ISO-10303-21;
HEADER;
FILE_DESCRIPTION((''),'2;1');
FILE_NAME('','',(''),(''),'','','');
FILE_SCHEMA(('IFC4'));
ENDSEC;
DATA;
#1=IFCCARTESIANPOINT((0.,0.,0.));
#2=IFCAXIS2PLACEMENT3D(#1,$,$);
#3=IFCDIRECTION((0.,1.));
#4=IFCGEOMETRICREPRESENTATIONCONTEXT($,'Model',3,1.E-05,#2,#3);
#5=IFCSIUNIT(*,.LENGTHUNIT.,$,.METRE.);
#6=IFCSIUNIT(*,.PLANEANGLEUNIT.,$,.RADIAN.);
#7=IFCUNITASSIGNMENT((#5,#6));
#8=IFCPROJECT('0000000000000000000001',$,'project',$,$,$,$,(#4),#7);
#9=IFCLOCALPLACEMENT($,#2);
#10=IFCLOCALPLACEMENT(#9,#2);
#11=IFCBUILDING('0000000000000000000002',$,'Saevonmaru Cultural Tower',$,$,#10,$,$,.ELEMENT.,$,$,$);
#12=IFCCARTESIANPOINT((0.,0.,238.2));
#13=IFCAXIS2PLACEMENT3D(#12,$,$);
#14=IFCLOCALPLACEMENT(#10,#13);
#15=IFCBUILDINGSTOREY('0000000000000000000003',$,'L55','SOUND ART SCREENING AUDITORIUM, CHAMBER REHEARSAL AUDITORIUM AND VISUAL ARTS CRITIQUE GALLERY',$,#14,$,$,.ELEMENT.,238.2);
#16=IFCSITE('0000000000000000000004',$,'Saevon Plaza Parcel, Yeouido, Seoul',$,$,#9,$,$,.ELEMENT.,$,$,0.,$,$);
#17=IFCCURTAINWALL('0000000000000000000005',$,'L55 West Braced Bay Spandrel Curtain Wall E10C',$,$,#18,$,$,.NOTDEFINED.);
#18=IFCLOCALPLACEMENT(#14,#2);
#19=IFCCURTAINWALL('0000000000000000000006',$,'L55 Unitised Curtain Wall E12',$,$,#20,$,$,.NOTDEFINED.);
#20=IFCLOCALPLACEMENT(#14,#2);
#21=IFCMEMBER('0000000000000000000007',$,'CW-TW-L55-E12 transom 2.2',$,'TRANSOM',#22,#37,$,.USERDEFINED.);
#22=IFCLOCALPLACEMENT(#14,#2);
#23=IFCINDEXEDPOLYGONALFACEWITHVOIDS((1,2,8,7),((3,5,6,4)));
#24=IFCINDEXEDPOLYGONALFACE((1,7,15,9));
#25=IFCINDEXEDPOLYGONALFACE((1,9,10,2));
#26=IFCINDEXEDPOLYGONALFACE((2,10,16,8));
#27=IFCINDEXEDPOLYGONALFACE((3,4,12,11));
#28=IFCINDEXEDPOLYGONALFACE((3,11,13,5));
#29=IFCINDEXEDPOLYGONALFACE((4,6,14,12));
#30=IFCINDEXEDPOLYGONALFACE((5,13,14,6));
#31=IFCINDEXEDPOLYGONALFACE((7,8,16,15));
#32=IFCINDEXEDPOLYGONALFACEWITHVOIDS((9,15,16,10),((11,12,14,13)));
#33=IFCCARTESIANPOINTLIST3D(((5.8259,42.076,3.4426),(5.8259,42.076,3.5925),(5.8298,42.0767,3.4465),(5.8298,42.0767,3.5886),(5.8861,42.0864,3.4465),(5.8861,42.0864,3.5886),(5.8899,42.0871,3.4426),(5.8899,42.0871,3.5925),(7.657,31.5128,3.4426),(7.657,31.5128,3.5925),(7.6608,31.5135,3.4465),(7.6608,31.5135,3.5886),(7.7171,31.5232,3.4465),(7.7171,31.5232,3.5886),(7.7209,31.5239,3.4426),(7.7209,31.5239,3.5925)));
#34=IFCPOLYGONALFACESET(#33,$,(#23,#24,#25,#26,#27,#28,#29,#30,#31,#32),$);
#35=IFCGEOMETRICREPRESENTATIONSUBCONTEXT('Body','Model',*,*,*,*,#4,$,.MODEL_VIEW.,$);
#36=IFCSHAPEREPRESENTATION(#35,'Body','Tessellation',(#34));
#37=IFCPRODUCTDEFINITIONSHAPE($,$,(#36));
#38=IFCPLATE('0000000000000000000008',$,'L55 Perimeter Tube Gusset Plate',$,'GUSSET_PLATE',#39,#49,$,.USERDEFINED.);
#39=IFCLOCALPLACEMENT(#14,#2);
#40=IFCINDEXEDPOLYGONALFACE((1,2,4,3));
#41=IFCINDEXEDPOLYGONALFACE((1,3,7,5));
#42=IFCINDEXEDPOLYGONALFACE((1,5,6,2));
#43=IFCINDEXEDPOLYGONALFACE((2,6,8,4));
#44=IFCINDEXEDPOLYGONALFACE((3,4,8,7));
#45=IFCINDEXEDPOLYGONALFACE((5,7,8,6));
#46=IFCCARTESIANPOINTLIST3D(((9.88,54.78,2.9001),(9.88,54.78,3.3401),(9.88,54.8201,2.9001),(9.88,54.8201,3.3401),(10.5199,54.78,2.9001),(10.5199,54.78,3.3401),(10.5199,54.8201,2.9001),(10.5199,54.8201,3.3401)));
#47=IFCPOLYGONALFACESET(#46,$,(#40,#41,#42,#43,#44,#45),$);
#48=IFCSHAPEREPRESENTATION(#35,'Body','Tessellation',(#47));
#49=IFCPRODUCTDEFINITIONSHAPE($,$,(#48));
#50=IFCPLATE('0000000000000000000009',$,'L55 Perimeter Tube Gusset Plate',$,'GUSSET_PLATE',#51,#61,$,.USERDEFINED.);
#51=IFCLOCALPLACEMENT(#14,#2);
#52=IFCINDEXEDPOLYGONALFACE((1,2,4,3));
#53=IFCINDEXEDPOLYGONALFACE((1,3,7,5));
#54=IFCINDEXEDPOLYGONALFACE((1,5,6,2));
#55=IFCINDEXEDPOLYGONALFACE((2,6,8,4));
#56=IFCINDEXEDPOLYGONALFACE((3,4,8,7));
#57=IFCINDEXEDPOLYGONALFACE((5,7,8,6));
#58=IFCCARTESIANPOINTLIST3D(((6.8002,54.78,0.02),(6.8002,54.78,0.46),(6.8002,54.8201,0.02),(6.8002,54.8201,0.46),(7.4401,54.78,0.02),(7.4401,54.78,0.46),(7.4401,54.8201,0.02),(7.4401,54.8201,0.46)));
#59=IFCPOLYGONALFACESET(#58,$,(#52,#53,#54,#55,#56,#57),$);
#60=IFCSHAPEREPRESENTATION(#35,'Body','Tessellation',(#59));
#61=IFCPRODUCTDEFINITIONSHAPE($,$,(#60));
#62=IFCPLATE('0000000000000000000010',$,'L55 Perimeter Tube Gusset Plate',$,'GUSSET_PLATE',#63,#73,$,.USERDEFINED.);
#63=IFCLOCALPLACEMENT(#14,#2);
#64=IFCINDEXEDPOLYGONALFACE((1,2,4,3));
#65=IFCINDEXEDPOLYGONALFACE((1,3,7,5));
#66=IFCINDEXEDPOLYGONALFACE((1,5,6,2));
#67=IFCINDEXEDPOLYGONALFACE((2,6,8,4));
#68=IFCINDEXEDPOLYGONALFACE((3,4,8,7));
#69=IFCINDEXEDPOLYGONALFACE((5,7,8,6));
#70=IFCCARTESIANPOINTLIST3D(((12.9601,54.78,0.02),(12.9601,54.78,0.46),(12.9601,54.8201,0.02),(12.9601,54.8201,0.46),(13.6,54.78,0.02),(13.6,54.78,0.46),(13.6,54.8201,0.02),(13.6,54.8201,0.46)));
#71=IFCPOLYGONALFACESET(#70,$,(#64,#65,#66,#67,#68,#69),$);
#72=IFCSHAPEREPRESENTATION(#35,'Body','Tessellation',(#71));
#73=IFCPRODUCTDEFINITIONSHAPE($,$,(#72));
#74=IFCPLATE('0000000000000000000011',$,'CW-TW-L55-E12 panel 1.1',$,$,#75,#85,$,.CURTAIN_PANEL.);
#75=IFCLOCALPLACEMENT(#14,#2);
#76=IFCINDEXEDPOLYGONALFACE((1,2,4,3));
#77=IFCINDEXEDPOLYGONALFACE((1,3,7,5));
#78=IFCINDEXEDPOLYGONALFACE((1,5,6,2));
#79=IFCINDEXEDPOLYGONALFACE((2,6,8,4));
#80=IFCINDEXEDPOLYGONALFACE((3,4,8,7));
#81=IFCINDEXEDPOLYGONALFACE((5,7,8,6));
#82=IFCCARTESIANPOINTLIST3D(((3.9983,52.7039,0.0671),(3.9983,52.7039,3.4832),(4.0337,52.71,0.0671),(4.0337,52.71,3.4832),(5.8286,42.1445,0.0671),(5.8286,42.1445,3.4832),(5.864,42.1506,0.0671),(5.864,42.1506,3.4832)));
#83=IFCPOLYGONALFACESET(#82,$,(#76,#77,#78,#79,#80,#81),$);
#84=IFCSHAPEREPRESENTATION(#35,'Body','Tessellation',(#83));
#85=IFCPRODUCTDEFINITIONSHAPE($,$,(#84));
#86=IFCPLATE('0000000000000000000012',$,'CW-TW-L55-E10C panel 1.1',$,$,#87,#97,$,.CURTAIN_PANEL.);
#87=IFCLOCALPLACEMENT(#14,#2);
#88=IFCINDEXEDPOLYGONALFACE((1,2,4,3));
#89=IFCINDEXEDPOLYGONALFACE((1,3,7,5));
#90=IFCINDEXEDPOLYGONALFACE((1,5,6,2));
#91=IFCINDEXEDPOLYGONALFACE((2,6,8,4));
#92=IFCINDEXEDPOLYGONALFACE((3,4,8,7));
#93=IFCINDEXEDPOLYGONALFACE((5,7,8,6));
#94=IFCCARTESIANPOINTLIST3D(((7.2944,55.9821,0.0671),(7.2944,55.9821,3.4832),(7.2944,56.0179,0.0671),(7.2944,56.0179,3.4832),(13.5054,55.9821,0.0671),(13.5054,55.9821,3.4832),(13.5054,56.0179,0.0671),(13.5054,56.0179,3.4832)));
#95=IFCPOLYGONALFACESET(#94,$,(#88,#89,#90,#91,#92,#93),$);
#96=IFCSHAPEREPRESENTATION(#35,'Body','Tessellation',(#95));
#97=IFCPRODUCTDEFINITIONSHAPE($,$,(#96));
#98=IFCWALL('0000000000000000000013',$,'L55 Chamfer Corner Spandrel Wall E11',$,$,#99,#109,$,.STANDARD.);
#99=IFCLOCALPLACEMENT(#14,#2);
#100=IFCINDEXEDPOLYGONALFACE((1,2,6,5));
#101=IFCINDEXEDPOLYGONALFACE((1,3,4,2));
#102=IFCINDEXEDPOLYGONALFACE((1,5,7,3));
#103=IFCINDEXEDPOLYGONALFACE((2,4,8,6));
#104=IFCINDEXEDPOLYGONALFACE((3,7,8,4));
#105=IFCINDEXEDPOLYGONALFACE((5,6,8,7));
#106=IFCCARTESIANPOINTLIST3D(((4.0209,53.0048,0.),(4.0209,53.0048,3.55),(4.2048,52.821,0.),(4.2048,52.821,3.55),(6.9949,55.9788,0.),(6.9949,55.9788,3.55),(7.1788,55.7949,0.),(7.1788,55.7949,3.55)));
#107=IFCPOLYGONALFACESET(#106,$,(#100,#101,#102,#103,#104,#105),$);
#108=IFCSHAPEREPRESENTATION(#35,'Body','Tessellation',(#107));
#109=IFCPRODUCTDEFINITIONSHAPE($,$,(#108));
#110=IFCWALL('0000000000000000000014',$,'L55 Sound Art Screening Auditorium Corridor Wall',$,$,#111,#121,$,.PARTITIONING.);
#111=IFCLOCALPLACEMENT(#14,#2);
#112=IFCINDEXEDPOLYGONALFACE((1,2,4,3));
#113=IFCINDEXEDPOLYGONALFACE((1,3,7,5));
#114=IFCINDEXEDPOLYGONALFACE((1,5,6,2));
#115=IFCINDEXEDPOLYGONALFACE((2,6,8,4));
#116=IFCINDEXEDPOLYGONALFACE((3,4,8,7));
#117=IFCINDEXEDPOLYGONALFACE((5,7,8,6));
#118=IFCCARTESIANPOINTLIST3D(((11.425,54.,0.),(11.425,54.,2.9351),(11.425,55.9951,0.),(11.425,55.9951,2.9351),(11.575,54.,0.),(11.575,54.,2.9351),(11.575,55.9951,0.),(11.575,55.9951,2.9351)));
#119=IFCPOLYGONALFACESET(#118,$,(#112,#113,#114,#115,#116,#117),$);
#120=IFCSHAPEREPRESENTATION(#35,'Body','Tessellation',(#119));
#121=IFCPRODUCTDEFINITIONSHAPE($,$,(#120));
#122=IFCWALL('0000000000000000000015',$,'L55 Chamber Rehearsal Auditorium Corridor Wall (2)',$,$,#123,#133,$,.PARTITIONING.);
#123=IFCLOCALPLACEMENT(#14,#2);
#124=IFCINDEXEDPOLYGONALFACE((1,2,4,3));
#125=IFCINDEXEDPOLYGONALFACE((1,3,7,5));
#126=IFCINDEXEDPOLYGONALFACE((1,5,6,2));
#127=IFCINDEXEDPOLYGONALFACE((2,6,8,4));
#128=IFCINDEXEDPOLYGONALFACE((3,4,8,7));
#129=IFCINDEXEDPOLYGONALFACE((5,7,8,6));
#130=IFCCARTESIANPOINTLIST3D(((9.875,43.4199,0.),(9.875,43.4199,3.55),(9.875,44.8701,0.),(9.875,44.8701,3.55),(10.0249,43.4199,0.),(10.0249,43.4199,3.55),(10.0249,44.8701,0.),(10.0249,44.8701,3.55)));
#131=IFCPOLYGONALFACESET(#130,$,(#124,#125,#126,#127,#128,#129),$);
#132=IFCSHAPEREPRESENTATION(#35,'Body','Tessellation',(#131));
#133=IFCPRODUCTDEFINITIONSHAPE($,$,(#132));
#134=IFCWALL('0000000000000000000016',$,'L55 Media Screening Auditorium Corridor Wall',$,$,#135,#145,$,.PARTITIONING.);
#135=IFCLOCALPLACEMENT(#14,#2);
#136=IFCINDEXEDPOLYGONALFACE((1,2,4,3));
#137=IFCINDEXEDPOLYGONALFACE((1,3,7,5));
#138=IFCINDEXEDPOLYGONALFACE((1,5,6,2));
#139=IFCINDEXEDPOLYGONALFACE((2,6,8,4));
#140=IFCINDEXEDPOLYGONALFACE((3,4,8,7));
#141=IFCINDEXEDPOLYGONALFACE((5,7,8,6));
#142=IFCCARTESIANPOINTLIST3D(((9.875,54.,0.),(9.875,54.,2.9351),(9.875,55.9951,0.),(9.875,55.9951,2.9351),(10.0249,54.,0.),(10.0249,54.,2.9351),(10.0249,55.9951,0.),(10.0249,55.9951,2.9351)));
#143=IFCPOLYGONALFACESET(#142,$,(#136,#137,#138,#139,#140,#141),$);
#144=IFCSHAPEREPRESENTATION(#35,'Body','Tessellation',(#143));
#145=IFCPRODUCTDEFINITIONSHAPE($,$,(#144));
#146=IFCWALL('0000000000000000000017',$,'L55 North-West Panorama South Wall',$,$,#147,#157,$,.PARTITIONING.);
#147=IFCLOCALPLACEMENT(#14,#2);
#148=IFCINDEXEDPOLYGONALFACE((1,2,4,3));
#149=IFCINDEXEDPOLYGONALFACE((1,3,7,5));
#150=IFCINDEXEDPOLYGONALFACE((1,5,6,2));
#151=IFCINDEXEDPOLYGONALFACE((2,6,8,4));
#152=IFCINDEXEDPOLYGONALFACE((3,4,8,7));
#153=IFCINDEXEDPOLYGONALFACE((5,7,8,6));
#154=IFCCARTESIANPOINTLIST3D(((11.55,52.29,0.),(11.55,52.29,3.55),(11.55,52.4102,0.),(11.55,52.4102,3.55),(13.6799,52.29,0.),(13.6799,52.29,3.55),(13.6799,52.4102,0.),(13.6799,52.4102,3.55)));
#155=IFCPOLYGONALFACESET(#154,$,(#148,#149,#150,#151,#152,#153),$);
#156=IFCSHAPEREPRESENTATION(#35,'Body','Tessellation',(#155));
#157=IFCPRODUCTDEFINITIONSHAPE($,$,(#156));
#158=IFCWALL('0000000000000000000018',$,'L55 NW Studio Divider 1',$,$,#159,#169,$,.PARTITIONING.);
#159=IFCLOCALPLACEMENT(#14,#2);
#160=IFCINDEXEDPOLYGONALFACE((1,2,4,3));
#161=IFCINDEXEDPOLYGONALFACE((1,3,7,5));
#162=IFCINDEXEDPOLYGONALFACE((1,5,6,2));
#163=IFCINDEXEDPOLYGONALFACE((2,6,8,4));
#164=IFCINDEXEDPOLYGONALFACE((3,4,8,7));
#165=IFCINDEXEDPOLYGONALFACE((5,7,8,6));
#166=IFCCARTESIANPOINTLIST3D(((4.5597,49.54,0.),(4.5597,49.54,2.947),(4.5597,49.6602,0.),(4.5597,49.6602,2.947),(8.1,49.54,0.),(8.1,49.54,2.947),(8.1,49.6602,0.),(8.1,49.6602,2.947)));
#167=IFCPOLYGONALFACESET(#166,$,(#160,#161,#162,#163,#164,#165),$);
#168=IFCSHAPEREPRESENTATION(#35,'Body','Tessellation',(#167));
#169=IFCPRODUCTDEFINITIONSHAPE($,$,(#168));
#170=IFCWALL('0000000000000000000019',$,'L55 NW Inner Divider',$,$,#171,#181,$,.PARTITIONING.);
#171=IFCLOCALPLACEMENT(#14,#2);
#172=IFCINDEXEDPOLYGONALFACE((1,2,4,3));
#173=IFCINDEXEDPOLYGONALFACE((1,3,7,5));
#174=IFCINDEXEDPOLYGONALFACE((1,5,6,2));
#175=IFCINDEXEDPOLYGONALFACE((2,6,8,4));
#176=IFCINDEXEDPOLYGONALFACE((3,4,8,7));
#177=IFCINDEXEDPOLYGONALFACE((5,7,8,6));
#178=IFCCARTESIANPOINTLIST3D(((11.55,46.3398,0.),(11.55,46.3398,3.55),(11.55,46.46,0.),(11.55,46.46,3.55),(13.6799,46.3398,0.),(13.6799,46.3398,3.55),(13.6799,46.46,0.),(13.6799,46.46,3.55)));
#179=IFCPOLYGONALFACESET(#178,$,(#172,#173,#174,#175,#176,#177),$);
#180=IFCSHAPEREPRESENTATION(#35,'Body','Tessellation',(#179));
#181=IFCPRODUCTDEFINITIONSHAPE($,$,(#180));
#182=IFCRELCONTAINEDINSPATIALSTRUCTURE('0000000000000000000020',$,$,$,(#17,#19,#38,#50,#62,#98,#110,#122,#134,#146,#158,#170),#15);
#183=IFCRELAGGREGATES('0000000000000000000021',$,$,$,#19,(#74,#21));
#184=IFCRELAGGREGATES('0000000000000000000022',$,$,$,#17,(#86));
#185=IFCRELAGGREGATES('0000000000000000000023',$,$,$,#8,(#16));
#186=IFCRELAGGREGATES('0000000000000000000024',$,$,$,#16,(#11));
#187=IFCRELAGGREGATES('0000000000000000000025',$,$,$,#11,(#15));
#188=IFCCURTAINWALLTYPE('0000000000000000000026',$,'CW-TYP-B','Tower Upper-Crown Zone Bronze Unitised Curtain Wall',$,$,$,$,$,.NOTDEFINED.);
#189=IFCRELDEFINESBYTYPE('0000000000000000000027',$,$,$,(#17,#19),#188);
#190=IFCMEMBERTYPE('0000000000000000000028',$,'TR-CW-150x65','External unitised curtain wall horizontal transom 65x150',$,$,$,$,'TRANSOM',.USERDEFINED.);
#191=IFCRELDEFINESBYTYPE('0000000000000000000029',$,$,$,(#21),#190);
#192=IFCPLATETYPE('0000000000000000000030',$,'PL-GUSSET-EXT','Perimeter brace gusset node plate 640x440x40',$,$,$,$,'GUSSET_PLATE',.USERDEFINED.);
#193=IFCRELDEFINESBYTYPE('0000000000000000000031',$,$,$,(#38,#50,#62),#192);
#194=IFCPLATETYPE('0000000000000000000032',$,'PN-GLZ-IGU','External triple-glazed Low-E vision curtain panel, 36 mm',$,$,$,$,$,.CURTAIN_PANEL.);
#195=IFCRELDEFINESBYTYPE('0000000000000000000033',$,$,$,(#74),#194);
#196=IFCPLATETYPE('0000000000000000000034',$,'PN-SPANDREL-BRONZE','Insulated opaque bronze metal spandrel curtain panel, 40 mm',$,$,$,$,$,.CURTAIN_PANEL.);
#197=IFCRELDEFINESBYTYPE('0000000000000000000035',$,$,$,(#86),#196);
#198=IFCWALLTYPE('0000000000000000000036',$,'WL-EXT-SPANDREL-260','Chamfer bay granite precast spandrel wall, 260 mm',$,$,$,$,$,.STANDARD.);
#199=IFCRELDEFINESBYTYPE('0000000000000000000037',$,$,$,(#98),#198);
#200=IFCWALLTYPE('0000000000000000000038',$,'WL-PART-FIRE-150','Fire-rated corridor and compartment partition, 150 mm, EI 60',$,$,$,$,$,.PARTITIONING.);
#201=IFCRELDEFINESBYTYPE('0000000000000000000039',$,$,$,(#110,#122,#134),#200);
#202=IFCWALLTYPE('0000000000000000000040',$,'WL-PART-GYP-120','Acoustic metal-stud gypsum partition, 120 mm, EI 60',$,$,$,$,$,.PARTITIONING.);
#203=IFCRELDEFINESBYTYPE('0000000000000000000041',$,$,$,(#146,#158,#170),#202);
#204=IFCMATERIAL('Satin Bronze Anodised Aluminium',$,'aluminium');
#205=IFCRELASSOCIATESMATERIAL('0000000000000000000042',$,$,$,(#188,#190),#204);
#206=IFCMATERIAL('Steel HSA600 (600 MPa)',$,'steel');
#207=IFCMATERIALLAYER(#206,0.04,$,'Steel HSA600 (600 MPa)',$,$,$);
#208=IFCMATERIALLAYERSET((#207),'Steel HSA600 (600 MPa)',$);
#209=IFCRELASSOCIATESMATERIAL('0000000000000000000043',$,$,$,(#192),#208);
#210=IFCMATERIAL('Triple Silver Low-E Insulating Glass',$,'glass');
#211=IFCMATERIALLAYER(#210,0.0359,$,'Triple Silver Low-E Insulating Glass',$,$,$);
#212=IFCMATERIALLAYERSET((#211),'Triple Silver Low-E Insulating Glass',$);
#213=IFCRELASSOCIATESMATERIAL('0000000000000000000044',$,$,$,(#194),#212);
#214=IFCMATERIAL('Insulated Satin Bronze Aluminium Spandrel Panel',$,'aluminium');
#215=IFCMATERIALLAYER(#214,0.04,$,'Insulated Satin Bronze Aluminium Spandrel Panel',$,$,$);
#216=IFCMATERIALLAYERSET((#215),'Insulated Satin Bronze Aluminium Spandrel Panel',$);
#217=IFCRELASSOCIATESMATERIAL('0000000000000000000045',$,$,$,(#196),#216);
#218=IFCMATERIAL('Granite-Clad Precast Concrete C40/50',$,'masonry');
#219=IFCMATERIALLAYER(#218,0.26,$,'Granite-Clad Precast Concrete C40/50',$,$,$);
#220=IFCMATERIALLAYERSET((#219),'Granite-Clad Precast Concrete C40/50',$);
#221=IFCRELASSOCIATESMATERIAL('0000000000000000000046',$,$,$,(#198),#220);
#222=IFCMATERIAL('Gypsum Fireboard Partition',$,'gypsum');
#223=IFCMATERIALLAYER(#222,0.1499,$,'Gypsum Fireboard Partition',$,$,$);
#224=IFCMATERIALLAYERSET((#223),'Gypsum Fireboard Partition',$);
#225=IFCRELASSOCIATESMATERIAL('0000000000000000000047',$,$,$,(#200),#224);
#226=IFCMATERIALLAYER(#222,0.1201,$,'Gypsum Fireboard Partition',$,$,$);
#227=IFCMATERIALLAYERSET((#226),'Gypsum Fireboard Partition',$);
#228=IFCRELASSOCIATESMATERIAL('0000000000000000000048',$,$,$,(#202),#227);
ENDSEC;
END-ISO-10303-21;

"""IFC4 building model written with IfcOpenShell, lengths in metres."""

from ifc_helpers import new_model, si_unit, direction, frame, frame_2d, origin, origin_2d, place, context, subcontext, project, spatial, rectangle, hollow_rectangle, extrude, material, layer, layer_set, material_profile, profile_set, type_object, element, aggregate, save


model = new_model("IFC4")

# Units and contexts
model_context = context("Model", 3, precision=1e-05, world=origin(), true_north=direction((0.0, 1.0)))
body_context = subcontext(model_context, "Body", "Model", "MODEL_VIEW")
ifc_project = project(units=[si_unit("LENGTHUNIT", "METRE"), si_unit("PLANEANGLEUNIT", "RADIAN")], contexts=[model_context])

# Site, building, storey
site_placement = place(None, origin())
site = spatial("IfcSite", under=ifc_project, at=site_placement, Name="Saevon Plaza Parcel, Yeouido, Seoul", CompositionType="ELEMENT", RefElevation=0.0)
building_placement = place(site_placement, origin())
building = spatial("IfcBuilding", under=site, at=building_placement, Name="Saevonmaru Cultural Tower", CompositionType="ELEMENT")
storey_placement = place(building_placement, frame((0.0, 0.0, 238.2)))
storey = spatial("IfcBuildingStorey", under=building, at=storey_placement, Name="L55", Description="SOUND ART SCREENING AUDITORIUM, CHAMBER REHEARSAL AUDITORIUM AND VISUAL ARTS CRITIQUE GALLERY", CompositionType="ELEMENT", Elevation=238.2)

# Curtain wall
ifc_material_1 = material(Name="Satin Bronze Anodised Aluminium", Category="aluminium")
curtain_wall_type = type_object("IfcCurtainWallType", Name="CW-TYP-B", Description="Tower Upper-Crown Zone Bronze Unitised Curtain Wall", PredefinedType="NOTDEFINED", material=ifc_material_1)
curtain_wall_1_placement = place(storey_placement, origin())
curtain_wall_1 = element("IfcCurtainWall", 1, at=curtain_wall_1_placement, inside=storey, type_object=curtain_wall_type, Name="L55 West Braced Bay Spandrel Curtain Wall E10C", PredefinedType="NOTDEFINED")

# Curtain wall
curtain_wall_2_placement = place(storey_placement, origin())
curtain_wall_2 = element("IfcCurtainWall", 2, at=curtain_wall_2_placement, inside=storey, type_object=curtain_wall_type, Name="L55 Unitised Curtain Wall E12", PredefinedType="NOTDEFINED")

# Member
ifc_material_profile_1 = material_profile(ifc_material_1, hollow_rectangle(XDim=0.0649, YDim=0.1499, WallThickness=0.0039, at=origin_2d()), Name="ALU-TRAN-150x65x4")
ifc_profile_set_1 = profile_set([ifc_material_profile_1], Name="Satin Bronze Anodised Aluminium")
member_type_1 = type_object("IfcMemberType", Name="TR-CW-150x65", Description="External unitised curtain wall horizontal transom 65x150", ElementType="TRANSOM", PredefinedType="USERDEFINED", material=ifc_profile_set_1)
member_1_placement = place(storey_placement, frame((5.8579, 42.0815, 3.5176), z_axis=(0.170795, -0.985307, 0.0), x_axis=(0.985307, 0.170795, 0.0)))
member_1 = element("IfcMember", 3, at=member_1_placement, type_object=member_type_1, Name="CW-TW-L55-E12 transom 2.2", ObjectType="TRANSOM", PredefinedType="USERDEFINED", context=body_context, shape_type="SweptSolid", body=[
    extrude(hollow_rectangle(XDim=0.0649, YDim=0.1499, WallThickness=0.0039, at=origin_2d()), origin(), (0.0, 0.0, 1.0), 10.7207),
])

# Plates
ifc_material_2 = material(Name="Steel HSA600 (600 MPa)", Category="steel")
ifc_layer_1 = layer(ifc_material_2, 0.04, Name="Steel HSA600 (600 MPa)")
ifc_layer_set_1 = layer_set([ifc_layer_1], Name="Steel HSA600 (600 MPa)")
plate_type_1 = type_object("IfcPlateType", Name="PL-GUSSET-EXT", Description="Perimeter brace gusset node plate 640x440x40", ElementType="GUSSET_PLATE", PredefinedType="USERDEFINED", material=ifc_layer_set_1)
for number, where, z_axis, x_axis, name in (
    (4, (10.2, 54.8, 2.9001), (0.0, 0.0, 1.0), (1.0, 0.0, 0.0), "L55 Perimeter Tube Gusset Plate"),
    (5, (7.1201, 54.8, 0.02), (0.0, 0.0, 1.0), (1.0, 0.0, 0.0), "L55 Perimeter Tube Gusset Plate"),
    (6, (13.28, 54.8, 0.02), (0.0, 0.0, 1.0), (1.0, 0.0, 0.0), "L55 Perimeter Tube Gusset Plate"),
):
    element("IfcPlate", number, at=place(storey_placement, frame(where, z_axis=z_axis, x_axis=x_axis)), inside=storey, type_object=plate_type_1, Name=name, ObjectType="GUSSET_PLATE", PredefinedType="USERDEFINED", context=body_context, shape_type="SweptSolid", body=[
        extrude(rectangle(XDim=0.6399, YDim=0.04, at=origin_2d()), origin(), (0.0, 0.0, 1.0), 0.4399),
    ])

# Plates
ifc_material_3 = material(Name="Triple Silver Low-E Insulating Glass", Category="glass")
ifc_layer_2 = layer(ifc_material_3, 0.0359, Name="Triple Silver Low-E Insulating Glass")
ifc_layer_set_2 = layer_set([ifc_layer_2], Name="Triple Silver Low-E Insulating Glass")
plate_type_2 = type_object("IfcPlateType", Name="PN-GLZ-IGU", Description="External triple-glazed Low-E vision curtain panel, 36 mm", PredefinedType="CURTAIN_PANEL", material=ifc_layer_set_2)
plate_1_placement = place(storey_placement, frame((4.9312, 47.4272, 0.0671), z_axis=(0.0, 0.0, 1.0), x_axis=(0.17079, -0.985307, 0.0)))
plate_1 = element("IfcPlate", 7, at=plate_1_placement, type_object=plate_type_2, Name="CW-TW-L55-E12 panel 1.1", PredefinedType="CURTAIN_PANEL", context=body_context, shape_type="SweptSolid", body=[
    extrude(rectangle(XDim=10.7168, YDim=0.0359, at=origin_2d()), origin(), (0.0, 0.0, 1.0), 3.416),
])
aggregate(curtain_wall_2, [plate_1, member_1])
ifc_material_4 = material(Name="Insulated Satin Bronze Aluminium Spandrel Panel", Category="aluminium")
ifc_layer_3 = layer(ifc_material_4, 0.04, Name="Insulated Satin Bronze Aluminium Spandrel Panel")
ifc_layer_set_3 = layer_set([ifc_layer_3], Name="Insulated Satin Bronze Aluminium Spandrel Panel")
plate_type_3 = type_object("IfcPlateType", Name="PN-SPANDREL-BRONZE", Description="Insulated opaque bronze metal spandrel curtain panel, 40 mm", PredefinedType="CURTAIN_PANEL", material=ifc_layer_set_3)
plate_2_placement = place(storey_placement, frame((10.3999, 56.0, 0.0671), z_axis=(0.0, 0.0, 1.0), x_axis=(-1.0, 0.0, 0.0)))
plate_2 = element("IfcPlate", 8, at=plate_2_placement, type_object=plate_type_3, Name="CW-TW-L55-E10C panel 1.1", PredefinedType="CURTAIN_PANEL", context=body_context, shape_type="SweptSolid", body=[
    extrude(rectangle(XDim=6.2109, YDim=0.0359, at=origin_2d()), origin(), (0.0, 0.0, 1.0), 3.416),
])
aggregate(curtain_wall_1, [plate_2])

# Walls
ifc_material_5 = material(Name="Granite-Clad Precast Concrete C40/50", Category="masonry")
ifc_layer_4 = layer(ifc_material_5, 0.26, Name="Granite-Clad Precast Concrete C40/50")
ifc_layer_set_4 = layer_set([ifc_layer_4], Name="Granite-Clad Precast Concrete C40/50")
wall_type_1 = type_object("IfcWallType", Name="WL-EXT-SPANDREL-260", Description="Chamfer bay granite precast spandrel wall, 260 mm", PredefinedType="STANDARD", material=ifc_layer_set_4)
wall_1_placement = place(storey_placement, frame((7.0869, 55.887, 0.0), z_axis=(0.0, 0.0, 1.0), x_axis=(-0.707107, -0.707107, 0.0)))
element("IfcWall", 9, at=wall_1_placement, inside=storey, type_object=wall_type_1, Name="L55 Chamfer Corner Spandrel Wall E11", PredefinedType="STANDARD", context=body_context, shape_type="SweptSolid", body=[
    extrude(rectangle(XDim=4.2058, YDim=0.26, at=frame_2d((2.103, 0.0))), origin(), (0.0, 0.0, 1.0), 3.55),
])
ifc_material_6 = material(Name="Gypsum Fireboard Partition", Category="gypsum")
ifc_layer_5 = layer(ifc_material_6, 0.1499, Name="Gypsum Fireboard Partition")
ifc_layer_set_5 = layer_set([ifc_layer_5], Name="Gypsum Fireboard Partition")
wall_type_2 = type_object("IfcWallType", Name="WL-PART-FIRE-150", Description="Fire-rated corridor and compartment partition, 150 mm, EI 60", PredefinedType="PARTITIONING", material=ifc_layer_set_5)
wall_2_placement = place(storey_placement, frame((11.5, 54.0, 0.0), z_axis=(0.0, 0.0, 1.0), x_axis=(0.0, 1.0, 0.0)))
element("IfcWall", 10, at=wall_2_placement, inside=storey, type_object=wall_type_2, Name="L55 Sound Art Screening Auditorium Corridor Wall", PredefinedType="PARTITIONING", context=body_context, shape_type="SweptSolid", body=[
    extrude(rectangle(XDim=1.9951, YDim=0.1499, at=frame_2d((0.9976, 0.0))), origin(), (0.0, 0.0, 1.0), 2.9351),
])
wall_3_placement = place(storey_placement, frame((9.95, 43.4199, 0.0), z_axis=(0.0, 0.0, 1.0), x_axis=(0.0, 1.0, 0.0)))
element("IfcWall", 11, at=wall_3_placement, inside=storey, type_object=wall_type_2, Name="L55 Chamber Rehearsal Auditorium Corridor Wall (2)", PredefinedType="PARTITIONING", context=body_context, shape_type="SweptSolid", body=[
    extrude(rectangle(XDim=1.4502, YDim=0.1499, at=frame_2d((0.7251, 0.0))), origin(), (0.0, 0.0, 1.0), 3.55),
])
wall_4_placement = place(storey_placement, frame((9.95, 54.0, 0.0), z_axis=(0.0, 0.0, 1.0), x_axis=(0.0, 1.0, 0.0)))
element("IfcWall", 12, at=wall_4_placement, inside=storey, type_object=wall_type_2, Name="L55 Media Screening Auditorium Corridor Wall", PredefinedType="PARTITIONING", context=body_context, shape_type="SweptSolid", body=[
    extrude(rectangle(XDim=1.9951, YDim=0.1499, at=frame_2d((0.9976, 0.0))), origin(), (0.0, 0.0, 1.0), 2.9351),
])
ifc_layer_6 = layer(ifc_material_6, 0.1201, Name="Gypsum Fireboard Partition")
ifc_layer_set_6 = layer_set([ifc_layer_6], Name="Gypsum Fireboard Partition")
wall_type_3 = type_object("IfcWallType", Name="WL-PART-GYP-120", Description="Acoustic metal-stud gypsum partition, 120 mm, EI 60", PredefinedType="PARTITIONING", material=ifc_layer_set_6)
wall_5_placement = place(storey_placement, frame((11.55, 52.3501, 0.0), z_axis=(0.0, 0.0, 1.0), x_axis=(1.0, 0.0, 0.0)))
element("IfcWall", 13, at=wall_5_placement, inside=storey, type_object=wall_type_3, Name="L55 North-West Panorama South Wall", PredefinedType="PARTITIONING", context=body_context, shape_type="SweptSolid", body=[
    extrude(rectangle(XDim=2.1299, YDim=0.1201, at=frame_2d((1.0649, 0.0))), origin(), (0.0, 0.0, 1.0), 3.55),
])
wall_6_placement = place(storey_placement, frame((4.5598, 49.6001, 0.0), z_axis=(0.0, 0.0, 1.0), x_axis=(1.0, 0.0, 0.0)))
element("IfcWall", 14, at=wall_6_placement, inside=storey, type_object=wall_type_3, Name="L55 NW Studio Divider 1", PredefinedType="PARTITIONING", context=body_context, shape_type="SweptSolid", body=[
    extrude(rectangle(XDim=3.5403, YDim=0.1201, at=frame_2d((1.77, 0.0))), origin(), (0.0, 0.0, 1.0), 2.947),
])
wall_7_placement = place(storey_placement, frame((11.55, 46.3999, 0.0), z_axis=(0.0, 0.0, 1.0), x_axis=(1.0, 0.0, 0.0)))
element("IfcWall", 15, at=wall_7_placement, inside=storey, type_object=wall_type_3, Name="L55 NW Inner Divider", PredefinedType="PARTITIONING", context=body_context, shape_type="SweptSolid", body=[
    extrude(rectangle(XDim=2.1299, YDim=0.1201, at=frame_2d((1.0649, 0.0))), origin(), (0.0, 0.0, 1.0), 3.55),
])

save(model, "model.ifc")
